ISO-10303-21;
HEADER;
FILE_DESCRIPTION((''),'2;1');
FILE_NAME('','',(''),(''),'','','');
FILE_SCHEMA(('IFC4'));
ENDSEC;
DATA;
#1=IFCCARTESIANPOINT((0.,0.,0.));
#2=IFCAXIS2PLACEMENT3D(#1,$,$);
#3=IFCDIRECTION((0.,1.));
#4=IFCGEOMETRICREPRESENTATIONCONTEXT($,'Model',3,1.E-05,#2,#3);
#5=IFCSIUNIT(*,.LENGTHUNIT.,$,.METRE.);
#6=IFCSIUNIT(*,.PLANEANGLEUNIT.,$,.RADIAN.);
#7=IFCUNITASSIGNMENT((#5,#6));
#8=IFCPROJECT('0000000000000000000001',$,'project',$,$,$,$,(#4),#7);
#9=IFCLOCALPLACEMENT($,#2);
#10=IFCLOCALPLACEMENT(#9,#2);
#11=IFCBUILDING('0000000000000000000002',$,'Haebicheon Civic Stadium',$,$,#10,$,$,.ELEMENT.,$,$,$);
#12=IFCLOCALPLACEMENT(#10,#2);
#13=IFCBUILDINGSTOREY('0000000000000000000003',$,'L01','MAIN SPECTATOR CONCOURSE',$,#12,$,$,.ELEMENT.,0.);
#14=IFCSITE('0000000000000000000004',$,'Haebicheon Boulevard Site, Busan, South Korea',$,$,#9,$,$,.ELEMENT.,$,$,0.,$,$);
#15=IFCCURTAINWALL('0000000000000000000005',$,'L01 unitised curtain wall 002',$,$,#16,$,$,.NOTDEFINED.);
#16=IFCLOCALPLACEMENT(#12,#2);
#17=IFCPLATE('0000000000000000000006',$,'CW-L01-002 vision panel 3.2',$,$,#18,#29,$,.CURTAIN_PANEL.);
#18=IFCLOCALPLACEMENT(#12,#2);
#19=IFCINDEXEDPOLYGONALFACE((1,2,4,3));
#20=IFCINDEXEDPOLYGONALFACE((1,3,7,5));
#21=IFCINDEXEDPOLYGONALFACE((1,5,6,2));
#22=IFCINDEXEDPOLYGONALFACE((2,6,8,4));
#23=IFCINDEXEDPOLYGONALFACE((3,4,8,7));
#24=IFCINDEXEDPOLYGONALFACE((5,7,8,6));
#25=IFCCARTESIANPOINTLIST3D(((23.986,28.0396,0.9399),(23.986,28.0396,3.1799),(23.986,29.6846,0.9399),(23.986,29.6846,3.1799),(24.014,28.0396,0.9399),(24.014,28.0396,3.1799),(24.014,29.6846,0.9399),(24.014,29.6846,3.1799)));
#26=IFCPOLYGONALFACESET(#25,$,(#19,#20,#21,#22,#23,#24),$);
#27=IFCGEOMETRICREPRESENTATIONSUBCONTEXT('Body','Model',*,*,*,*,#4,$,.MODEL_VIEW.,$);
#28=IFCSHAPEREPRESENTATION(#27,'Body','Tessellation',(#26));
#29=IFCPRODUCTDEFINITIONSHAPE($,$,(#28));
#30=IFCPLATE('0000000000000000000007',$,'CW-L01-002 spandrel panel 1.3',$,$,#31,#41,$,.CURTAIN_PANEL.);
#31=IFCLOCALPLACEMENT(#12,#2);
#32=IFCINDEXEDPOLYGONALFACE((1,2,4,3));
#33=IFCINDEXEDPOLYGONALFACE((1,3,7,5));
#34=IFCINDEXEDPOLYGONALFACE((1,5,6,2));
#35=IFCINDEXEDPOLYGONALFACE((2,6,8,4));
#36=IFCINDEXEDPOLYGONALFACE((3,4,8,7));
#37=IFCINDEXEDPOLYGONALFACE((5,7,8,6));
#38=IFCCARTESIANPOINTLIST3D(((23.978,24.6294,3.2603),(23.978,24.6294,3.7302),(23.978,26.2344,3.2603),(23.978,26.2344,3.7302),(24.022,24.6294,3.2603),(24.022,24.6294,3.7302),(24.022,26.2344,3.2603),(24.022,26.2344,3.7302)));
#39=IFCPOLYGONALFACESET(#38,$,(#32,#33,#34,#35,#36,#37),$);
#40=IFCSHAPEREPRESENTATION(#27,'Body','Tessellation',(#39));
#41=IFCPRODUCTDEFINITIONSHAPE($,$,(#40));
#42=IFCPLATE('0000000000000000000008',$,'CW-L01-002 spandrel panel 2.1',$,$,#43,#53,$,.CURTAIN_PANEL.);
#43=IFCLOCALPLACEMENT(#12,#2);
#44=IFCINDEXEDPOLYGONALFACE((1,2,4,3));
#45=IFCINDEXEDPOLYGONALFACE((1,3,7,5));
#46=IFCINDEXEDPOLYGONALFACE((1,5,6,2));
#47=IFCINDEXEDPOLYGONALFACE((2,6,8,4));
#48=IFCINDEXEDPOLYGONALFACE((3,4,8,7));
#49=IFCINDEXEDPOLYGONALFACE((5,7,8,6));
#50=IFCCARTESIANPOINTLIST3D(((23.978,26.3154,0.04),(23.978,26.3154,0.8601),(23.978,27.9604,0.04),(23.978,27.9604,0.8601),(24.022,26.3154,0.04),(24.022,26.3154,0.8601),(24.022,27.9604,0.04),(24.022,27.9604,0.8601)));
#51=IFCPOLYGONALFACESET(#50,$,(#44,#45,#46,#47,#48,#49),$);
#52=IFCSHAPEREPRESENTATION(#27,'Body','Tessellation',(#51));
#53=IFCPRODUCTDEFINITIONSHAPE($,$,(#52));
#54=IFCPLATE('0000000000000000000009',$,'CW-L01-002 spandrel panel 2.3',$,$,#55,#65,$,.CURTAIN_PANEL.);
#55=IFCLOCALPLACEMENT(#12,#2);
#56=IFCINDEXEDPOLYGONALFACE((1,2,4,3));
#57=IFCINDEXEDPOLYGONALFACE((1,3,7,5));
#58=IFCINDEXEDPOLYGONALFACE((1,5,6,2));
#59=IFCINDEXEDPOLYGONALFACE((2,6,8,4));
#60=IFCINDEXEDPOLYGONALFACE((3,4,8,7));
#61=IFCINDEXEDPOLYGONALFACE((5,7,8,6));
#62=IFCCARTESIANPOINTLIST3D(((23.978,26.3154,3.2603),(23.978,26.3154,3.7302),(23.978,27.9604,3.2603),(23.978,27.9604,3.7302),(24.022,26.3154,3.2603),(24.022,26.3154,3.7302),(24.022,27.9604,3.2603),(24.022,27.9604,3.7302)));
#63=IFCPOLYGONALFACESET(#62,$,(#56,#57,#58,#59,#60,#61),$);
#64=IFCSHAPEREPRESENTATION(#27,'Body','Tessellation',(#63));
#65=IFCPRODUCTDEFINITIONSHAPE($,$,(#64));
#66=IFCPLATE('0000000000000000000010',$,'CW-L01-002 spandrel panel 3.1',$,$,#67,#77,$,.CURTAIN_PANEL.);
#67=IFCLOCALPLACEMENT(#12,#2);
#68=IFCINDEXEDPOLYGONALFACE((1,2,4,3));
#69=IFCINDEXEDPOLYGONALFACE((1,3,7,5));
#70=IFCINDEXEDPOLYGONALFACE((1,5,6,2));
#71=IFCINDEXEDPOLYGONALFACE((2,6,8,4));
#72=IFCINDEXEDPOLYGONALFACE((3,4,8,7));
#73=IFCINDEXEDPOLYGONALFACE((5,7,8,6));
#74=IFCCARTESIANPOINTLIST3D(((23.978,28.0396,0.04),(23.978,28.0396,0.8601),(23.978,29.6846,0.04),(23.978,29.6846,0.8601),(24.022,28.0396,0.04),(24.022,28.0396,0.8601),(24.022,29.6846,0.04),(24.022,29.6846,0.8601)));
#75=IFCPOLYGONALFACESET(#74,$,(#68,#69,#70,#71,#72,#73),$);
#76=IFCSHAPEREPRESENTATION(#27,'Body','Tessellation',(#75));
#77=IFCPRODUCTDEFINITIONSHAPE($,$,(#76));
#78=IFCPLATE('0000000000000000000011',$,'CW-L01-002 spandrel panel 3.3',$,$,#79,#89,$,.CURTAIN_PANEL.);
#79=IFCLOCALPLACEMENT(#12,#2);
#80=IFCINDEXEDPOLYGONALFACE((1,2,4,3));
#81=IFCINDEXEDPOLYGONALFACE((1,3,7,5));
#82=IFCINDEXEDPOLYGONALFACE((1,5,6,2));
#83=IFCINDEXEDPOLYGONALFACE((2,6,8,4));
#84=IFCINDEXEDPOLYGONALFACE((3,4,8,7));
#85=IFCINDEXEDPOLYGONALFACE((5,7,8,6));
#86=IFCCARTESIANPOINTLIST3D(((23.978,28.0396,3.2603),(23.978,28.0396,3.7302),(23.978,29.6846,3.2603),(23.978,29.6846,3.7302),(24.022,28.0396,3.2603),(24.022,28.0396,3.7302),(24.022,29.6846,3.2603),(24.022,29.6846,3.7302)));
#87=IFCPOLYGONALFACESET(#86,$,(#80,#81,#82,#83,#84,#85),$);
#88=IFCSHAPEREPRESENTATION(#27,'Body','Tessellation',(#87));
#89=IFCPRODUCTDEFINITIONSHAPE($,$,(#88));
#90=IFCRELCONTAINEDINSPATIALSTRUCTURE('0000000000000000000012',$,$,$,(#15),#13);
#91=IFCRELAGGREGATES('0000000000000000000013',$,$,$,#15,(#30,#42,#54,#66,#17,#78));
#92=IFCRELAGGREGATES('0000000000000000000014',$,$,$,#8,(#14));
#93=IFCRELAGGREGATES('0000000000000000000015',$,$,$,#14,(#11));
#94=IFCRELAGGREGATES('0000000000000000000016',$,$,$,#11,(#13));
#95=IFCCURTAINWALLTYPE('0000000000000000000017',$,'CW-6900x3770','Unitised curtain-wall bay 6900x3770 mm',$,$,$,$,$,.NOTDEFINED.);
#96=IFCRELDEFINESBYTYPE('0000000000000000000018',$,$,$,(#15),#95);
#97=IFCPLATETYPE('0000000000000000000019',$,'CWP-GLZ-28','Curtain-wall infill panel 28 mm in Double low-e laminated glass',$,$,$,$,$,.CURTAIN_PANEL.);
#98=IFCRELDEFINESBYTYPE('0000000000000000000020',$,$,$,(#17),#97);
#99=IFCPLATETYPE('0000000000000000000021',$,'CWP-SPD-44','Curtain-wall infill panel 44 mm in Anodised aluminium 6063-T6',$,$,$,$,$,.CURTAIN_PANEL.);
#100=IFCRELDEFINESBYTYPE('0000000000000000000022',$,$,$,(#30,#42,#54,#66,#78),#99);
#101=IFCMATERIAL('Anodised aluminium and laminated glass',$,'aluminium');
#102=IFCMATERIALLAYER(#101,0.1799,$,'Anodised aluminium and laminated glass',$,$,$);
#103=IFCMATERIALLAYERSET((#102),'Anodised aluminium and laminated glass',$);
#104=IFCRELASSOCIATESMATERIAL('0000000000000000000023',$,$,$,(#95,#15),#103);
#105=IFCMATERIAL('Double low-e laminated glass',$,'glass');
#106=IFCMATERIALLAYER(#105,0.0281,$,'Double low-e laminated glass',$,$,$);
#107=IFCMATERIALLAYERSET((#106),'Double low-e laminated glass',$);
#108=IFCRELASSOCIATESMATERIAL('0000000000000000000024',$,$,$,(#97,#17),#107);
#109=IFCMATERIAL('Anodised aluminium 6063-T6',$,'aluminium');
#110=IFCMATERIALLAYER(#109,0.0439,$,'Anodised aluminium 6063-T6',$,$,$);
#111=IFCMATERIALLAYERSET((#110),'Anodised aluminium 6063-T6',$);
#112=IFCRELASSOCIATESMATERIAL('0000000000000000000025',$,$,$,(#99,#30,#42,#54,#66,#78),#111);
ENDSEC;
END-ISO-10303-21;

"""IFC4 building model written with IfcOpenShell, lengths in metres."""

from ifc_helpers import new_model, si_unit, direction, frame, origin, origin_2d, place, context, subcontext, project, spatial, rectangle, extrude, material, layer, layer_set, type_object, element, aggregate, save


model = new_model("IFC4")

# Units and contexts
model_context = context("Model", 3, precision=1e-05, world=origin(), true_north=direction((0.0, 1.0)))
body_context = subcontext(model_context, "Body", "Model", "MODEL_VIEW")
ifc_project = project(units=[si_unit("LENGTHUNIT", "METRE"), si_unit("PLANEANGLEUNIT", "RADIAN")], contexts=[model_context])

# Site, building, storey
site_placement = place(None, origin())
site = spatial("IfcSite", under=ifc_project, at=site_placement, Name="Haebicheon Boulevard Site, Busan, South Korea", CompositionType="ELEMENT", RefElevation=0.0)
building_placement = place(site_placement, origin())
building = spatial("IfcBuilding", under=site, at=building_placement, Name="Haebicheon Civic Stadium", CompositionType="ELEMENT")
storey_placement = place(building_placement, origin())
storey = spatial("IfcBuildingStorey", under=building, at=storey_placement, Name="L01", Description="MAIN SPECTATOR CONCOURSE", CompositionType="ELEMENT", Elevation=0.0)

# Curtain wall
ifc_material_1 = material(Name="Anodised aluminium and laminated glass", Category="aluminium")
ifc_layer_1 = layer(ifc_material_1, 0.1799, Name="Anodised aluminium and laminated glass")
ifc_layer_set_1 = layer_set([ifc_layer_1], Name="Anodised aluminium and laminated glass")
curtain_wall_type = type_object("IfcCurtainWallType", Name="CW-6900x3770", Description="Unitised curtain-wall bay 6900x3770 mm", PredefinedType="NOTDEFINED", material=ifc_layer_set_1)
curtain_wall_placement = place(storey_placement, origin())
curtain_wall = element("IfcCurtainWall", 1, at=curtain_wall_placement, inside=storey, type_object=curtain_wall_type, material=ifc_layer_set_1, Name="L01 unitised curtain wall 002", PredefinedType="NOTDEFINED")

# Plates
ifc_material_2 = material(Name="Double low-e laminated glass", Category="glass")
ifc_layer_2 = layer(ifc_material_2, 0.0281, Name="Double low-e laminated glass")
ifc_layer_set_2 = layer_set([ifc_layer_2], Name="Double low-e laminated glass")
plate_type_1 = type_object("IfcPlateType", Name="CWP-GLZ-28", Description="Curtain-wall infill panel 28 mm in Double low-e laminated glass", PredefinedType="CURTAIN_PANEL", material=ifc_layer_set_2)
plate_1_placement = place(storey_placement, frame((24.0, 28.8621, 0.9399), z_axis=(0.0, 0.0, 1.0), x_axis=(0.0, 1.0, 0.0)))
plate_1 = element("IfcPlate", 2, at=plate_1_placement, type_object=plate_type_1, material=ifc_layer_set_2, Name="CW-L01-002 vision panel 3.2", PredefinedType="CURTAIN_PANEL", context=body_context, shape_type="SweptSolid", body=[
    extrude(rectangle(XDim=1.645, YDim=0.0281, at=origin_2d()), origin(), (0.0, 0.0, 1.0), 2.24),
])
ifc_material_3 = material(Name="Anodised aluminium 6063-T6", Category="aluminium")
ifc_layer_3 = layer(ifc_material_3, 0.0439, Name="Anodised aluminium 6063-T6")
ifc_layer_set_3 = layer_set([ifc_layer_3], Name="Anodised aluminium 6063-T6")
plate_type_2 = type_object("IfcPlateType", Name="CWP-SPD-44", Description="Curtain-wall infill panel 44 mm in Anodised aluminium 6063-T6", PredefinedType="CURTAIN_PANEL", material=ifc_layer_set_3)
plate_2_placement = place(storey_placement, frame((24.0, 25.4319, 3.2603), z_axis=(0.0, 0.0, 1.0), x_axis=(0.0, 1.0, 0.0)))
plate_2 = element("IfcPlate", 3, at=plate_2_placement, type_object=plate_type_2, material=ifc_layer_set_3, Name="CW-L01-002 spandrel panel 1.3", PredefinedType="CURTAIN_PANEL", context=body_context, shape_type="SweptSolid", body=[
    extrude(rectangle(XDim=1.605, YDim=0.0439, at=origin_2d()), origin(), (0.0, 0.0, 1.0), 0.47),
])
plate_3_placement = place(storey_placement, frame((24.0, 27.1379, 0.04), z_axis=(0.0, 0.0, 1.0), x_axis=(0.0, 1.0, 0.0)))
plate_3 = element("IfcPlate", 4, at=plate_3_placement, type_object=plate_type_2, material=ifc_layer_set_3, Name="CW-L01-002 spandrel panel 2.1", PredefinedType="CURTAIN_PANEL", context=body_context, shape_type="SweptSolid", body=[
    extrude(rectangle(XDim=1.645, YDim=0.0439, at=origin_2d()), origin(), (0.0, 0.0, 1.0), 0.8201),
])
plate_4_placement = place(storey_placement, frame((24.0, 27.1379, 3.2603), z_axis=(0.0, 0.0, 1.0), x_axis=(0.0, 1.0, 0.0)))
plate_4 = element("IfcPlate", 5, at=plate_4_placement, type_object=plate_type_2, material=ifc_layer_set_3, Name="CW-L01-002 spandrel panel 2.3", PredefinedType="CURTAIN_PANEL", context=body_context, shape_type="SweptSolid", body=[
    extrude(rectangle(XDim=1.645, YDim=0.0439, at=origin_2d()), origin(), (0.0, 0.0, 1.0), 0.47),
])
plate_5_placement = place(storey_placement, frame((24.0, 28.8621, 0.04), z_axis=(0.0, 0.0, 1.0), x_axis=(0.0, 1.0, 0.0)))
plate_5 = element("IfcPlate", 6, at=plate_5_placement, type_object=plate_type_2, material=ifc_layer_set_3, Name="CW-L01-002 spandrel panel 3.1", PredefinedType="CURTAIN_PANEL", context=body_context, shape_type="SweptSolid", body=[
    extrude(rectangle(XDim=1.645, YDim=0.0439, at=origin_2d()), origin(), (0.0, 0.0, 1.0), 0.8201),
])
plate_6_placement = place(storey_placement, frame((24.0, 28.8621, 3.2603), z_axis=(0.0, 0.0, 1.0), x_axis=(0.0, 1.0, 0.0)))
plate_6 = element("IfcPlate", 7, at=plate_6_placement, type_object=plate_type_2, material=ifc_layer_set_3, Name="CW-L01-002 spandrel panel 3.3", PredefinedType="CURTAIN_PANEL", context=body_context, shape_type="SweptSolid", body=[
    extrude(rectangle(XDim=1.645, YDim=0.0439, at=origin_2d()), origin(), (0.0, 0.0, 1.0), 0.47),
])
aggregate(curtain_wall, [plate_2, plate_3, plate_4, plate_5, plate_1, plate_6])

save(model, "model.ifc")
